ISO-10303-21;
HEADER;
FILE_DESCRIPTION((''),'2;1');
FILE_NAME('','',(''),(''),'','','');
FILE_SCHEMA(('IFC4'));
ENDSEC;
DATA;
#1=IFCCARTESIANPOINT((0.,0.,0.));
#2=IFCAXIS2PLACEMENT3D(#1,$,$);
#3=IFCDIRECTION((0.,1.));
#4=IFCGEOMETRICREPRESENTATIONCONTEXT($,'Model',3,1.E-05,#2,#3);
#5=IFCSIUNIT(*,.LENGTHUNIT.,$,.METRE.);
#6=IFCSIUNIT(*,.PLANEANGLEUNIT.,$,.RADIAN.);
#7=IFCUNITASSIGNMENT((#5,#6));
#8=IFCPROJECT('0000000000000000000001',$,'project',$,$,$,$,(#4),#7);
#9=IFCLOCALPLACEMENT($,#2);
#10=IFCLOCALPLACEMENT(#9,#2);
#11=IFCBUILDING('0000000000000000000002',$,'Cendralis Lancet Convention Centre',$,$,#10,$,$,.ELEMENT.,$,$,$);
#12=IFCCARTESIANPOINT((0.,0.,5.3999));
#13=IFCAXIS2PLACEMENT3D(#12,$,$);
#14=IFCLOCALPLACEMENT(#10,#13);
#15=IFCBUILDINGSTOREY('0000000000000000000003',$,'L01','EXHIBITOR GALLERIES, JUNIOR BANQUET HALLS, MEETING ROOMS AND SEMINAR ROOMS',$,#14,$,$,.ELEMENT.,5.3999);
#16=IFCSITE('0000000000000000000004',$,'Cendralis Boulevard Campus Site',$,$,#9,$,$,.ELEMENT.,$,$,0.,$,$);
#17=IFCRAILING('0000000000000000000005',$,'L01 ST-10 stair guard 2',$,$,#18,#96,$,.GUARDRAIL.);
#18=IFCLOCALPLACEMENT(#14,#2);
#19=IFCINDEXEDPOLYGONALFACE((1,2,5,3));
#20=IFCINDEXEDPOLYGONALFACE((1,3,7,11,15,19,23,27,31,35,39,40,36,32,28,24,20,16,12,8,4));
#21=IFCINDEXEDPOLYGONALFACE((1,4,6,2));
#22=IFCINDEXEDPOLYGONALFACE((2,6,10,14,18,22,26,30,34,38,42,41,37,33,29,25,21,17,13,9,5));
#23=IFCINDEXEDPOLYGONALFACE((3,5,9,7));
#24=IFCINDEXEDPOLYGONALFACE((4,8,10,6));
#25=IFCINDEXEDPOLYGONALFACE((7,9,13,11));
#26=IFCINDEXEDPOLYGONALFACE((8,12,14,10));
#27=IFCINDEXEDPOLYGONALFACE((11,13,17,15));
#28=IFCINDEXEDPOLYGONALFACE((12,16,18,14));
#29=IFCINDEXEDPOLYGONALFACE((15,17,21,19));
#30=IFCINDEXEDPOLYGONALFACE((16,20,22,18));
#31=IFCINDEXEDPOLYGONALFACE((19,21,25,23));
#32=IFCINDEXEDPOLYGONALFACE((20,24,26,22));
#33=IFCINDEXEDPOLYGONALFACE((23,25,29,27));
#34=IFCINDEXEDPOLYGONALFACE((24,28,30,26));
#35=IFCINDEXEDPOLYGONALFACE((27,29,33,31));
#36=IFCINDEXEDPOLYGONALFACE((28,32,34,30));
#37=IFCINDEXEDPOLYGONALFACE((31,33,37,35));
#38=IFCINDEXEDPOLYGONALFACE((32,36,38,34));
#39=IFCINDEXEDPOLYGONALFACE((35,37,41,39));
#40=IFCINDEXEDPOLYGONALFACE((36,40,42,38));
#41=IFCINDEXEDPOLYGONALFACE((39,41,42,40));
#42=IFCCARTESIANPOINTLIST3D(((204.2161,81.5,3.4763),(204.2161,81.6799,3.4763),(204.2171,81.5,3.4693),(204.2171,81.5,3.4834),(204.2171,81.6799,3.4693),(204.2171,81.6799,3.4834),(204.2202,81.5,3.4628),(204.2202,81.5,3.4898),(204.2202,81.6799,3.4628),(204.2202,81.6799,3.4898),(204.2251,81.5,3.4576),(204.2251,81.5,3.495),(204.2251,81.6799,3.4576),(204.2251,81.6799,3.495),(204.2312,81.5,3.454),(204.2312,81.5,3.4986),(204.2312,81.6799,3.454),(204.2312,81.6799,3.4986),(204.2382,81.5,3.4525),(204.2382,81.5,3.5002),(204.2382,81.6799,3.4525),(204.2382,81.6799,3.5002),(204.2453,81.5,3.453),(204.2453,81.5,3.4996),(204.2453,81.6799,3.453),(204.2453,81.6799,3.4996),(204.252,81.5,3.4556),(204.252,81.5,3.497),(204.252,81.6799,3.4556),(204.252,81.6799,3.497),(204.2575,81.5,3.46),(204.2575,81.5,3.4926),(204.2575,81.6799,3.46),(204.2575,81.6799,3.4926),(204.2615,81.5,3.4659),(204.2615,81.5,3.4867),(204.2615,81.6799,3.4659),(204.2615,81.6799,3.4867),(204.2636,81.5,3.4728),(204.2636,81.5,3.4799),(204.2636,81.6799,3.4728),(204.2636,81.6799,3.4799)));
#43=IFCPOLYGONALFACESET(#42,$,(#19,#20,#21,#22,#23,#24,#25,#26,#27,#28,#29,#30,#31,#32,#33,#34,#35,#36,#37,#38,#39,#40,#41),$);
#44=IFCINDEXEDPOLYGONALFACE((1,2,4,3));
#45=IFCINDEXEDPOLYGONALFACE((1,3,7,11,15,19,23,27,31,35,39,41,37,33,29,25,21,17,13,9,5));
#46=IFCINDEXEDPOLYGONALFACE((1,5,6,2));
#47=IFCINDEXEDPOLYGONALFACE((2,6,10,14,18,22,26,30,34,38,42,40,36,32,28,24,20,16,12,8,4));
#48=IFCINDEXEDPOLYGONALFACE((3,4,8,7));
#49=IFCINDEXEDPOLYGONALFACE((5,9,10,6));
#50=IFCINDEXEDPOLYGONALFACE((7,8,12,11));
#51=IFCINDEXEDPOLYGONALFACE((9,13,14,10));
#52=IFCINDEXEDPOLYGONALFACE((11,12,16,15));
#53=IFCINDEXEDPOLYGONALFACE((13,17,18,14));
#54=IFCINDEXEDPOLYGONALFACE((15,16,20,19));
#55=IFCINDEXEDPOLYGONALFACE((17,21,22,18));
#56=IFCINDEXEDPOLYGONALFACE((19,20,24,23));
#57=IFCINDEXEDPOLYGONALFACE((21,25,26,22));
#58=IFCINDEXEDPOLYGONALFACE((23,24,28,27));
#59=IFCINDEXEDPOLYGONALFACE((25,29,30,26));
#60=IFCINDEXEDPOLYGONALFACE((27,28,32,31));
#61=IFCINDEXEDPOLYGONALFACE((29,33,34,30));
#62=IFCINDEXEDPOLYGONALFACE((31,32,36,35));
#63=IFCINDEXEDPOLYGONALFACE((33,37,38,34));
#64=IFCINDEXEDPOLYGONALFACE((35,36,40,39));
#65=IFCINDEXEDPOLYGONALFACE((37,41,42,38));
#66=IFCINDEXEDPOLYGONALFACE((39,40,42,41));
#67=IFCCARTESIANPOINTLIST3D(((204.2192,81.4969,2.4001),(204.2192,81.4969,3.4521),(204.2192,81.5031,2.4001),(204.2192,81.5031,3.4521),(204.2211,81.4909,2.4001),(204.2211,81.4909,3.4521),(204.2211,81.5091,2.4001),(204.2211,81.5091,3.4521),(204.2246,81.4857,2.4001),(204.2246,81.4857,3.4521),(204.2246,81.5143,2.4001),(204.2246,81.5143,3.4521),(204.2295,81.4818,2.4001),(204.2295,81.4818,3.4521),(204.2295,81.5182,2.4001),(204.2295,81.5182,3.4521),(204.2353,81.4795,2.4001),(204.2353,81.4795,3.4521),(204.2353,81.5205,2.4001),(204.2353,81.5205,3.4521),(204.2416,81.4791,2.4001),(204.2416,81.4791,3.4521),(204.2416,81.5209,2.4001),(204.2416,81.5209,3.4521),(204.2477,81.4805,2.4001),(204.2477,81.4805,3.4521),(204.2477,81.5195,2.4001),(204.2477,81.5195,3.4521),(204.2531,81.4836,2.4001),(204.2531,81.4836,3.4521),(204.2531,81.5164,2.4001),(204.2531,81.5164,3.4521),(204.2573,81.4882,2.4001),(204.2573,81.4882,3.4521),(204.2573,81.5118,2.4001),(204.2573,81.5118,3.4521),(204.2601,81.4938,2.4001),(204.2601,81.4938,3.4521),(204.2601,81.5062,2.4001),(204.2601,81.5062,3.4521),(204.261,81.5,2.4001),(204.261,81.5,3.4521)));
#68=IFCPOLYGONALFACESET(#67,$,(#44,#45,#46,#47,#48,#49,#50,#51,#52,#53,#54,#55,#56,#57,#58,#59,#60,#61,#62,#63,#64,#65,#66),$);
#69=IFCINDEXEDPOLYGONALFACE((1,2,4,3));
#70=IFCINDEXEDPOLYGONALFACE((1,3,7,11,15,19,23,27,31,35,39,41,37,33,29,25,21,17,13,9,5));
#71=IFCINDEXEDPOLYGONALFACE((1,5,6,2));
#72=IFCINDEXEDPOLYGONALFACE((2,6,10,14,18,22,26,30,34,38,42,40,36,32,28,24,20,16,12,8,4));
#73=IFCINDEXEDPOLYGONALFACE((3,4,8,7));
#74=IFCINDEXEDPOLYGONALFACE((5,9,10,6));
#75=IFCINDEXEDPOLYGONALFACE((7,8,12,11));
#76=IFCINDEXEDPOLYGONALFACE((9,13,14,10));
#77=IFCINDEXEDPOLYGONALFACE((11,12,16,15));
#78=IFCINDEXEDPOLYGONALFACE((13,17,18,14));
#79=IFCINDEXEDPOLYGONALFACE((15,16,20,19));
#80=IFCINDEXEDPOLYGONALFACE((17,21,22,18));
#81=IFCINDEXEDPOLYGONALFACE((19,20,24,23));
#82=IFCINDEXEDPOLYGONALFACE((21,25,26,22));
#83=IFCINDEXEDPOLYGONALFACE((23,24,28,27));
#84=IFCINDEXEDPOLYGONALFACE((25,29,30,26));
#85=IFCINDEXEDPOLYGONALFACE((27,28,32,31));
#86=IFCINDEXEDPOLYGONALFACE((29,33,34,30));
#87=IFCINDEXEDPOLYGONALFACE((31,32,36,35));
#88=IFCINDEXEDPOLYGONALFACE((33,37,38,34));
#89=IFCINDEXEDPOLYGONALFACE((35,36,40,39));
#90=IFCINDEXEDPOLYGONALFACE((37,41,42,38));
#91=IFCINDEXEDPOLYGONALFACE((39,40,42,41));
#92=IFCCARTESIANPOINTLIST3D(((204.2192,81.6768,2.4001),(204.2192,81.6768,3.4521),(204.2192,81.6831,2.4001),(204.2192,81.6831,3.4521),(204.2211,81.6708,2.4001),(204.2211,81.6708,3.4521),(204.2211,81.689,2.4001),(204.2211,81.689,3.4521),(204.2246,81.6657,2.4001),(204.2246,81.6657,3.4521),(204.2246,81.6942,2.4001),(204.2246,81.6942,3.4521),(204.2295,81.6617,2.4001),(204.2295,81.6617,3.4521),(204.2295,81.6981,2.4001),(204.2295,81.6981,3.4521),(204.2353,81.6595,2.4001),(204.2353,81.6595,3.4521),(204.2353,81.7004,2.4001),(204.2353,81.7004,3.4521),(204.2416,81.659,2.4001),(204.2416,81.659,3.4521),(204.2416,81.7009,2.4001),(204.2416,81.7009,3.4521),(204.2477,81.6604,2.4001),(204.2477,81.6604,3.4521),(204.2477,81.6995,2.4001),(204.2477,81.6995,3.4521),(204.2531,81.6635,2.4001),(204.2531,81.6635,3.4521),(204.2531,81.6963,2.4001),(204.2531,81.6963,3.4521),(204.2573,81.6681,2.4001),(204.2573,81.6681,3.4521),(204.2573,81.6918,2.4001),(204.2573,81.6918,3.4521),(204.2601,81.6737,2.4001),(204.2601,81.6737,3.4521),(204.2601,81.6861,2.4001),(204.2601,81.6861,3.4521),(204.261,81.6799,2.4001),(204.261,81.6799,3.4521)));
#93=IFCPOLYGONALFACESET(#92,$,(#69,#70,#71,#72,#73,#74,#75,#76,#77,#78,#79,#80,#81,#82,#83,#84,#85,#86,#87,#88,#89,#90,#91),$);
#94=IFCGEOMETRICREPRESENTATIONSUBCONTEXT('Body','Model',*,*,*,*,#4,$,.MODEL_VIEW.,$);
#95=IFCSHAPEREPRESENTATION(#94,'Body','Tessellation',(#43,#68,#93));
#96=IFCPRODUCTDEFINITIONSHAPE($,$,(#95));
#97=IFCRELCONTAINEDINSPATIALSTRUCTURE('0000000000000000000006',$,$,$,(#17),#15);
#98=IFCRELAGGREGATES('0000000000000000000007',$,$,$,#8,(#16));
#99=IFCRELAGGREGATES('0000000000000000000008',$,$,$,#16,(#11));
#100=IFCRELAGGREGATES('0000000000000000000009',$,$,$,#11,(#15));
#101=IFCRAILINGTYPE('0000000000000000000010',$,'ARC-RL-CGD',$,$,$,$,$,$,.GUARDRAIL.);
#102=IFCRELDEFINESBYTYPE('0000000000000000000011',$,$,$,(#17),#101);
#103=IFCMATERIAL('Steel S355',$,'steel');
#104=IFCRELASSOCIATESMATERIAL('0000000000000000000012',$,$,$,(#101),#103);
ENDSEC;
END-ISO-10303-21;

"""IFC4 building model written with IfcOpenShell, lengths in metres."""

from ifc_helpers import new_model, si_unit, direction, frame, origin, origin_2d, place, context, subcontext, project, spatial, circle, extrude, material, type_object, element, save


model = new_model("IFC4")

# Units and contexts
model_context = context("Model", 3, precision=1e-05, world=origin(), true_north=direction((0.0, 1.0)))
body_context = subcontext(model_context, "Body", "Model", "MODEL_VIEW")
ifc_project = project(units=[si_unit("LENGTHUNIT", "METRE"), si_unit("PLANEANGLEUNIT", "RADIAN")], contexts=[model_context])

# Site, building, storey
site_placement = place(None, origin())
site = spatial("IfcSite", under=ifc_project, at=site_placement, Name="Cendralis Boulevard Campus Site", CompositionType="ELEMENT", RefElevation=0.0)
building_placement = place(site_placement, origin())
building = spatial("IfcBuilding", under=site, at=building_placement, Name="Cendralis Lancet Convention Centre", CompositionType="ELEMENT")
storey_placement = place(building_placement, frame((0.0, 0.0, 5.3999)))
storey = spatial("IfcBuildingStorey", under=building, at=storey_placement, Name="L01", Description="EXHIBITOR GALLERIES, JUNIOR BANQUET HALLS, MEETING ROOMS AND SEMINAR ROOMS", CompositionType="ELEMENT", Elevation=5.3999)

# Railing
ifc_material_1 = material(Name="Steel S355", Category="steel")
railing_type = type_object("IfcRailingType", Name="ARC-RL-CGD", PredefinedType="GUARDRAIL", material=ifc_material_1)
railing_placement = place(storey_placement, frame((204.24, 81.5, 2.4001)))
element("IfcRailing", 1, at=railing_placement, inside=storey, type_object=railing_type, Name="L01 ST-10 stair guard 2", PredefinedType="GUARDRAIL", context=body_context, shape_type="SweptSolid", body=[
    extrude(circle(Radius=0.0239, at=origin_2d()), frame((0.0, 0.0, 1.0762), z_axis=(0.0, 1.0, 0.0), x_axis=(-1.0, 0.0, 0.0)), (0.0, 0.0, 1.0), 0.1799),
    extrude(circle(Radius=0.021, at=origin_2d()), origin(), (0.0, 0.0, 1.0), 1.052),
    extrude(circle(Radius=0.021, at=origin_2d()), frame((0.0, 0.1799, 0.0)), (0.0, 0.0, 1.0), 1.052),
])

save(model, "model.ifc")
